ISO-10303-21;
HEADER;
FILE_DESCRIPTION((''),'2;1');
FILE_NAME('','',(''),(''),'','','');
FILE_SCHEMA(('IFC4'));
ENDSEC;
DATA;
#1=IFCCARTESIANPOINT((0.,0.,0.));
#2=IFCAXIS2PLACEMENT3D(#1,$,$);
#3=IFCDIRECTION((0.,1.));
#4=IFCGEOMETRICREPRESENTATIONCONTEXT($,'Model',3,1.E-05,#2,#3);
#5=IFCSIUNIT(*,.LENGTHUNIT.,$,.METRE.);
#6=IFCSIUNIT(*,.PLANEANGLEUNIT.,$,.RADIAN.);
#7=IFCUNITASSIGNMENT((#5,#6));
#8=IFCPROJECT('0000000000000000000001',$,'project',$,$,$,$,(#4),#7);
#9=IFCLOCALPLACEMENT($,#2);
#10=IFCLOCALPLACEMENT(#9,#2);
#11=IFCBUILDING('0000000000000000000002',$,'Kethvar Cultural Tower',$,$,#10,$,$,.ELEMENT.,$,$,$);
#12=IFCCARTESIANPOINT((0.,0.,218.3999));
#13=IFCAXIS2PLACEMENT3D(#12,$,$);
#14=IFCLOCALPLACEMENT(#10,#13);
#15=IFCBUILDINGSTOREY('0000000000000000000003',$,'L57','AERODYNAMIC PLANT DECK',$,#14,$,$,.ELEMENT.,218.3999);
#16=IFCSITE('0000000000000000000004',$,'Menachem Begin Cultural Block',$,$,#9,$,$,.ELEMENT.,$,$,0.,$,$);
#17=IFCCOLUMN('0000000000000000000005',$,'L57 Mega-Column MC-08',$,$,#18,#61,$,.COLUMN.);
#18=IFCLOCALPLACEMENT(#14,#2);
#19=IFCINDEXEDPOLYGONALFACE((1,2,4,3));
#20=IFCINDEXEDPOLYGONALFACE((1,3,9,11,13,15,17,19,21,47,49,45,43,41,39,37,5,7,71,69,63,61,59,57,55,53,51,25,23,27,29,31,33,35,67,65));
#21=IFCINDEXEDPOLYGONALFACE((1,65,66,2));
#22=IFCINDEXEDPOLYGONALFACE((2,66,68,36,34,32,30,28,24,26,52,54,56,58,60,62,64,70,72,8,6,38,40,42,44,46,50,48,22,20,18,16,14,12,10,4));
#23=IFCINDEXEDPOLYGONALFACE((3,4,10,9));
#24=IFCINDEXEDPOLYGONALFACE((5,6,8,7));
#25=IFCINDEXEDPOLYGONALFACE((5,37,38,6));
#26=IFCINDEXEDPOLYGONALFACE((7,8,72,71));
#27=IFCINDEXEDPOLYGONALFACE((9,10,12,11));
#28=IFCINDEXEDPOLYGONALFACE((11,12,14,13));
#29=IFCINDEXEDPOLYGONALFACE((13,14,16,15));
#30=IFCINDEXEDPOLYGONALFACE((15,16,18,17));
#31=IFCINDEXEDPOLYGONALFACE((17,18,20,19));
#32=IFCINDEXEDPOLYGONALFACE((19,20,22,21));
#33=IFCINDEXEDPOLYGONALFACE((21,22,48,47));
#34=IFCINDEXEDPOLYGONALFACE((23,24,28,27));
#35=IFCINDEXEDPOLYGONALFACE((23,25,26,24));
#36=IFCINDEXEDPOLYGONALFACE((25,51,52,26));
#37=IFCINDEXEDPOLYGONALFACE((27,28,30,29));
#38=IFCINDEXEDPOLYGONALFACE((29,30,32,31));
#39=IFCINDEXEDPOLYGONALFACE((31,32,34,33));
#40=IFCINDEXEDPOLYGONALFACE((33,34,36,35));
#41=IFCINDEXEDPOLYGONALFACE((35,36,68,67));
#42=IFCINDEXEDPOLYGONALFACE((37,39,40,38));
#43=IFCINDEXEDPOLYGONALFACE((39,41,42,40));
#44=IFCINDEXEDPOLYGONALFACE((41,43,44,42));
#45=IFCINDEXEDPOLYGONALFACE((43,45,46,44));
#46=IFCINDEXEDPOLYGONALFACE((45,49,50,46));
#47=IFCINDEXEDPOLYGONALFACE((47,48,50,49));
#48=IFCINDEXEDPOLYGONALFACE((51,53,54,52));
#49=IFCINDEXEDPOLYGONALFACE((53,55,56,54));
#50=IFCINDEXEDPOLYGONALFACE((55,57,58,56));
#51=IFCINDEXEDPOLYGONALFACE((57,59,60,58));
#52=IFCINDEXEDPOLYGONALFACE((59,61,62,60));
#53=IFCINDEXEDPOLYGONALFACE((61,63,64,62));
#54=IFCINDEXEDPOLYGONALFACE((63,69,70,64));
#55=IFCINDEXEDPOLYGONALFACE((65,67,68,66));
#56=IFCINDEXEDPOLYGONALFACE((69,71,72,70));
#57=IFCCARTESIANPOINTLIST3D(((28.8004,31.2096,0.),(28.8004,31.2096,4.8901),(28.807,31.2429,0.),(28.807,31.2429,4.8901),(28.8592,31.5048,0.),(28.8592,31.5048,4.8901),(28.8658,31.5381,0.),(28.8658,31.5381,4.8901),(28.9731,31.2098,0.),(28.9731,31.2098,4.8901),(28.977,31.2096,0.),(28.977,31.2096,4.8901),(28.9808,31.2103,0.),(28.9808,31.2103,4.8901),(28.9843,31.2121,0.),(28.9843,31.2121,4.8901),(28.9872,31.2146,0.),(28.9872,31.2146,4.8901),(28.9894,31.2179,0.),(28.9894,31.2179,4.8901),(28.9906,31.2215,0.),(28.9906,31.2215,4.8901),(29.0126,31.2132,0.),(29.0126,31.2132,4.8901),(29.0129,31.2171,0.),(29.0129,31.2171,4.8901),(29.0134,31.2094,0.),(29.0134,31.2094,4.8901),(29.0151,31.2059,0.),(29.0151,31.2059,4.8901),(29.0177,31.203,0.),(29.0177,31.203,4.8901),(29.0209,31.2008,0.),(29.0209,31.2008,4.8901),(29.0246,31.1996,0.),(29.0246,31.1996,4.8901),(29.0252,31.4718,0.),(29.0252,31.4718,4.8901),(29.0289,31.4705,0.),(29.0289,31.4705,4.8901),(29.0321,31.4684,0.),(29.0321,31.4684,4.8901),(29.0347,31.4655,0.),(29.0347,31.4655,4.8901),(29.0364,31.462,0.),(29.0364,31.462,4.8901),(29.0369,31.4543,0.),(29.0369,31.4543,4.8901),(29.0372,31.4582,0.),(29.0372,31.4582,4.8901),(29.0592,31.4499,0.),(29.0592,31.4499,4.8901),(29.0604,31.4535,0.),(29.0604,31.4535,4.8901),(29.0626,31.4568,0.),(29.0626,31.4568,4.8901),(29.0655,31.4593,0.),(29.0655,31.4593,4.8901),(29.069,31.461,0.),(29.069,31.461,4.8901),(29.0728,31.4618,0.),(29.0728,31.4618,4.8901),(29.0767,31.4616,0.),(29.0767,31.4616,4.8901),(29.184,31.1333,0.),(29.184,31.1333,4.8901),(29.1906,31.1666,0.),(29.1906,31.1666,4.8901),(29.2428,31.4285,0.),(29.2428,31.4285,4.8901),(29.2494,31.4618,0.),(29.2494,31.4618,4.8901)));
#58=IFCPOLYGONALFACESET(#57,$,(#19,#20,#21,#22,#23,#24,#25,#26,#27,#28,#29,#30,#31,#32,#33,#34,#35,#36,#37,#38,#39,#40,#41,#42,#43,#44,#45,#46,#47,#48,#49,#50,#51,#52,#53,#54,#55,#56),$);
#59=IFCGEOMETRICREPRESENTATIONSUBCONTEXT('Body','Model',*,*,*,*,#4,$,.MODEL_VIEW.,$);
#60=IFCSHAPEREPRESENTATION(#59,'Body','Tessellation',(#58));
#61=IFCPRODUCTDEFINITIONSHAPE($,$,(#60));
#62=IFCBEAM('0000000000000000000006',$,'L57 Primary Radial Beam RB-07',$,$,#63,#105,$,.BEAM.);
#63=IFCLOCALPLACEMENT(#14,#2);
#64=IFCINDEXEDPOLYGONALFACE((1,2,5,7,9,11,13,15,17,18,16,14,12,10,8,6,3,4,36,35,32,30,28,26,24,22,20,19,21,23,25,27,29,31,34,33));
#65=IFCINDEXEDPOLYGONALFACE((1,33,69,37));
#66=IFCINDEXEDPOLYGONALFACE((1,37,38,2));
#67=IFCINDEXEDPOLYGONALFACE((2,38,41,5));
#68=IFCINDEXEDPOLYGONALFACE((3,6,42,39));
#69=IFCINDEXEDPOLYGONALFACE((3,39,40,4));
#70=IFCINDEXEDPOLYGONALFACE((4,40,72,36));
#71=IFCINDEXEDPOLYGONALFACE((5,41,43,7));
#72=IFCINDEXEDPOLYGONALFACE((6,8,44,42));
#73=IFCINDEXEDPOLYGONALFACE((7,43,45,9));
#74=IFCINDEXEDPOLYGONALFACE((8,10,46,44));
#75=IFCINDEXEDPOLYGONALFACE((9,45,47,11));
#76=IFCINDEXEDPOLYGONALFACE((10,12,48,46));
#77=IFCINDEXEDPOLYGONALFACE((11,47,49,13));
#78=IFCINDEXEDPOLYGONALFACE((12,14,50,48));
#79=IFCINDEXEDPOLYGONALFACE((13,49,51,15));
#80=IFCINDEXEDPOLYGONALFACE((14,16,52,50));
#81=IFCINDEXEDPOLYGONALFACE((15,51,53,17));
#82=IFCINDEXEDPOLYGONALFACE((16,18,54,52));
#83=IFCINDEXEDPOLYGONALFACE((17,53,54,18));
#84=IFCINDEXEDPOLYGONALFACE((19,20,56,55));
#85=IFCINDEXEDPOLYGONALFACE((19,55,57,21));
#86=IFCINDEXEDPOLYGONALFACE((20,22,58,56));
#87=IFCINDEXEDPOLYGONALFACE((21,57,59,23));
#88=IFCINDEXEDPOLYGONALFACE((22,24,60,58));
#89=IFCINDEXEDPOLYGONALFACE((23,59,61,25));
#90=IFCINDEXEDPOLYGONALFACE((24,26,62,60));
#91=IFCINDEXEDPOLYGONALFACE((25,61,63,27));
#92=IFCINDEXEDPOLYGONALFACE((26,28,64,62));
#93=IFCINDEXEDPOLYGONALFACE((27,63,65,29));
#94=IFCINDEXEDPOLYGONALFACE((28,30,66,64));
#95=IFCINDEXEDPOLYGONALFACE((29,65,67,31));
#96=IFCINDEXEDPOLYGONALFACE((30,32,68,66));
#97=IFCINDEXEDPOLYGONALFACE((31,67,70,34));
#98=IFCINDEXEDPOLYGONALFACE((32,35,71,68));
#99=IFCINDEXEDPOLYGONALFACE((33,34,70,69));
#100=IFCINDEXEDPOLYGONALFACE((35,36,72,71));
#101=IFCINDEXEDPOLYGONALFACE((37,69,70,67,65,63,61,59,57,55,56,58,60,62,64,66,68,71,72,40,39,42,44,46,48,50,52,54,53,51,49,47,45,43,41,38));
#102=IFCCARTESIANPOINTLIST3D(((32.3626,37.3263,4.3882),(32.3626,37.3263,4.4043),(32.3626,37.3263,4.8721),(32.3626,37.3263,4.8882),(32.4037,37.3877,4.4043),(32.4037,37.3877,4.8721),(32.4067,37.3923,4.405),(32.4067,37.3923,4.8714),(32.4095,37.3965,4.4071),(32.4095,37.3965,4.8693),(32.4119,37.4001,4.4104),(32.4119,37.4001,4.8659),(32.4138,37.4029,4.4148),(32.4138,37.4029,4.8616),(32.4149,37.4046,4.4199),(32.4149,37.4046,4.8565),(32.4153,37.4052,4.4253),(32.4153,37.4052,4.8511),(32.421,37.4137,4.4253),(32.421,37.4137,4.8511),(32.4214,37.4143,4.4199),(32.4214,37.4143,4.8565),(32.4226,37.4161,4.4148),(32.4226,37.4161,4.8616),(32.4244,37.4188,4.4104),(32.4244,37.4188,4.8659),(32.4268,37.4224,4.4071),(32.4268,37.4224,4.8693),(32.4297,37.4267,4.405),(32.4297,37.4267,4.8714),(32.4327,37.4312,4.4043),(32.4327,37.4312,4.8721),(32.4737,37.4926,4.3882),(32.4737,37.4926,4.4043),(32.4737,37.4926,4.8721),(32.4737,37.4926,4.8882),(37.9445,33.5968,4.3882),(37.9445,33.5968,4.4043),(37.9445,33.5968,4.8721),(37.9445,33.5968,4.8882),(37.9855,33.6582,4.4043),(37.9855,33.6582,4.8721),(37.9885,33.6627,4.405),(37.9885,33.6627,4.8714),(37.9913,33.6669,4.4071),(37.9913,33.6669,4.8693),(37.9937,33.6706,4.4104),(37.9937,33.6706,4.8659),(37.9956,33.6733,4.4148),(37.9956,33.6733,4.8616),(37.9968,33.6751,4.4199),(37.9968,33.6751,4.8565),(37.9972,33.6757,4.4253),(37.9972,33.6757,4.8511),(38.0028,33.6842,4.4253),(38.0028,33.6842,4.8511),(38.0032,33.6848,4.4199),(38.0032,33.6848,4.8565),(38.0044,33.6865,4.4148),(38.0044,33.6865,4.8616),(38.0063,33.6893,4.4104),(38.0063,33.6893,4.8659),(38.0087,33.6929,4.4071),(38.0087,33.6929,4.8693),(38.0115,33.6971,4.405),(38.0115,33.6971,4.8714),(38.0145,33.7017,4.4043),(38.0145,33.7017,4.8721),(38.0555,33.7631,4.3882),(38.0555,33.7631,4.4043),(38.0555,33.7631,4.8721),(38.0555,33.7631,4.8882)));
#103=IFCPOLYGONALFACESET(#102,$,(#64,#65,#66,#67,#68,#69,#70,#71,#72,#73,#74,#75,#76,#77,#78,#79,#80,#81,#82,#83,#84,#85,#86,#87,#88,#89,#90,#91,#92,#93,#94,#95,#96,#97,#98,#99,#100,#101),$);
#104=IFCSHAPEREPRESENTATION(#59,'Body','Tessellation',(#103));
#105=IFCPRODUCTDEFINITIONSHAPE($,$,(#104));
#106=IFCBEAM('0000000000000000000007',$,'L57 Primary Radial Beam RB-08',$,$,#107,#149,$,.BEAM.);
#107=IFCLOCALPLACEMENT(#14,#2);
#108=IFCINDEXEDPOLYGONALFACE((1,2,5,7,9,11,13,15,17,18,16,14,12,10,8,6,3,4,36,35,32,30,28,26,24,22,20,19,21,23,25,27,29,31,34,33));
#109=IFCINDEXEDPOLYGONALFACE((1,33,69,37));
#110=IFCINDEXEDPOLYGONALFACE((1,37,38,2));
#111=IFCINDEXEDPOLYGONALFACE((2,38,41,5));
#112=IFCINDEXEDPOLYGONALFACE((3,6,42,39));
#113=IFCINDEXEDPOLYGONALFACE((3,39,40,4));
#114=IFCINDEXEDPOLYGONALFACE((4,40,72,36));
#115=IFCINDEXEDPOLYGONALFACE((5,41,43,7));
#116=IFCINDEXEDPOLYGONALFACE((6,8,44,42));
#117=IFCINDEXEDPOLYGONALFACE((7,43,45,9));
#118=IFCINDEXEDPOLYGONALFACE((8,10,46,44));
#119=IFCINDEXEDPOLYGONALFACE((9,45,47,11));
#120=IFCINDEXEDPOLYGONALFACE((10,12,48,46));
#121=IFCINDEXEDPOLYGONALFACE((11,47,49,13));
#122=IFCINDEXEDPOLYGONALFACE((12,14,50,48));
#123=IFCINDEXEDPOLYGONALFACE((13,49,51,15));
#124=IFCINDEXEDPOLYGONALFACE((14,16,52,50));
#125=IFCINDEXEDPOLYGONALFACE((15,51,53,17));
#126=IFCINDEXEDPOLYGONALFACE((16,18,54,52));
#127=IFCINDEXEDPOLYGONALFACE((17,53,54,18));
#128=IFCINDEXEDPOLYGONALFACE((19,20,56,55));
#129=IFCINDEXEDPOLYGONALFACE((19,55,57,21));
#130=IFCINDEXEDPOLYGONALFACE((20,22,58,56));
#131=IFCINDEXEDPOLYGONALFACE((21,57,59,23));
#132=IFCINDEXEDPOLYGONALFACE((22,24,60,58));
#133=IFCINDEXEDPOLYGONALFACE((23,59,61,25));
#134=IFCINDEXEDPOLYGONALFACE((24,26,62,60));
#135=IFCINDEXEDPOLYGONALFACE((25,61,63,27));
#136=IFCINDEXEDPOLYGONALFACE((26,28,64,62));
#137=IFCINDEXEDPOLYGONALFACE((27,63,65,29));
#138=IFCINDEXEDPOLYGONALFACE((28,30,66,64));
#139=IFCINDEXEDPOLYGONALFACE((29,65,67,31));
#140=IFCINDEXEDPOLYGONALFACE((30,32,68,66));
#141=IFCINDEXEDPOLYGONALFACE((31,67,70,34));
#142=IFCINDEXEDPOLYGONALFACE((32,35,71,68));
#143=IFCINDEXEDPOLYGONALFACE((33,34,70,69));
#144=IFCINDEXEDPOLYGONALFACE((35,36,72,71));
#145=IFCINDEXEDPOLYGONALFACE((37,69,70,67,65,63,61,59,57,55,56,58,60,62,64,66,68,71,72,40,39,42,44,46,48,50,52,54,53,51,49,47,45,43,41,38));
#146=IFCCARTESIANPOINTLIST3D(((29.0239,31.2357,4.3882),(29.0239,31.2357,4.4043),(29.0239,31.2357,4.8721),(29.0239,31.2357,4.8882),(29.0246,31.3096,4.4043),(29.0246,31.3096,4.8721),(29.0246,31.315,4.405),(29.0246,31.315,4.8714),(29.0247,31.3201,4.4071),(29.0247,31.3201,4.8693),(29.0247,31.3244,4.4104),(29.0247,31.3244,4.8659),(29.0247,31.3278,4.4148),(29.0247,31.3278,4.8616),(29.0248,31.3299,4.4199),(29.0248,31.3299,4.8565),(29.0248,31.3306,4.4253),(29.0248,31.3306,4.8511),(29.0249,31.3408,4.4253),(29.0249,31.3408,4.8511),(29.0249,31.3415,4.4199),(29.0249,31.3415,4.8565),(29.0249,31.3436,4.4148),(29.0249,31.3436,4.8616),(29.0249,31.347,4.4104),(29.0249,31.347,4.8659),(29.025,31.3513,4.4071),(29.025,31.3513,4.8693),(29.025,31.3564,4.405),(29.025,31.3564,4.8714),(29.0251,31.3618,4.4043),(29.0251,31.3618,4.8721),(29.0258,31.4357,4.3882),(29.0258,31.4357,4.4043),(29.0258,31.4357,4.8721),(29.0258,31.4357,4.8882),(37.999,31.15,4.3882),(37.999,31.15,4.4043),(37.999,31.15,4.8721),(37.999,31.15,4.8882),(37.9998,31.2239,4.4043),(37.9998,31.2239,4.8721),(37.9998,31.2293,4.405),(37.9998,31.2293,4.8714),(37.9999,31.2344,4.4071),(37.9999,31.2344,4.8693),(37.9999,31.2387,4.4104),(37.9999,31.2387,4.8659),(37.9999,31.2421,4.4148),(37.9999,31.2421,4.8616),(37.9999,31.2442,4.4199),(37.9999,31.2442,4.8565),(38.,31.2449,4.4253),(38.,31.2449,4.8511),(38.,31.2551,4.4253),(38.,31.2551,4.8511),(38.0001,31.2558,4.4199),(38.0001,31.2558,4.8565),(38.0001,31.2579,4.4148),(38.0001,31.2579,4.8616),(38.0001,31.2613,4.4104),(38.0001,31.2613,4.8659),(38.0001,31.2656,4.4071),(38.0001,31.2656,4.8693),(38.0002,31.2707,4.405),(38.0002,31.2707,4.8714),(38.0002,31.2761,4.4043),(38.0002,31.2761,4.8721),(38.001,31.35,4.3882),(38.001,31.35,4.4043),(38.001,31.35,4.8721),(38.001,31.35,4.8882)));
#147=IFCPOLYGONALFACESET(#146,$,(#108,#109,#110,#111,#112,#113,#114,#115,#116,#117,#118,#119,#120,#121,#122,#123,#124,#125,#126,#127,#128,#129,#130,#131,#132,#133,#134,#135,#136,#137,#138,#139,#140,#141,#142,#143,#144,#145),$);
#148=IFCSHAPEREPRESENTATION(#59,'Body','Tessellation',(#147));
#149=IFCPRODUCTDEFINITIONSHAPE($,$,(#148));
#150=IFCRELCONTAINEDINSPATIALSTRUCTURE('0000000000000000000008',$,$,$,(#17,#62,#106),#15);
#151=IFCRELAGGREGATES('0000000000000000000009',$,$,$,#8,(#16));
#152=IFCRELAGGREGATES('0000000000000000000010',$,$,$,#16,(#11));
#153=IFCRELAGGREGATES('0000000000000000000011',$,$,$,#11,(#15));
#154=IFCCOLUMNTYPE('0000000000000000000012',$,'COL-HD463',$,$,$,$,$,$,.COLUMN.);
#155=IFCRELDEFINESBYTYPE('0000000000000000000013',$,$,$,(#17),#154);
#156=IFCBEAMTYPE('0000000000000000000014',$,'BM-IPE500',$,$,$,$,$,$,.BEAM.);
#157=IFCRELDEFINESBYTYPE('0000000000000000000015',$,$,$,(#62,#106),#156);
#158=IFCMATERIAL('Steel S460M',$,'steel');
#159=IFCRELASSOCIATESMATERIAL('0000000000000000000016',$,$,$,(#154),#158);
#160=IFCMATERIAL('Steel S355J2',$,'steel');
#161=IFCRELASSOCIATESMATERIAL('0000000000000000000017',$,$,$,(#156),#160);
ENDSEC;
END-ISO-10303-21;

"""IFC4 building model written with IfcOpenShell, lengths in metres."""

from ifc_helpers import new_model, si_unit, direction, frame, origin, origin_2d, place, context, subcontext, project, spatial, i_section, extrude, source, transform, mapped, material, material_profile, profile_set, type_object, element, save


model = new_model("IFC4")

# Units and contexts
model_context = context("Model", 3, precision=1e-05, world=origin(), true_north=direction((0.0, 1.0)))
body_context = subcontext(model_context, "Body", "Model", "MODEL_VIEW")
ifc_project = project(units=[si_unit("LENGTHUNIT", "METRE"), si_unit("PLANEANGLEUNIT", "RADIAN")], contexts=[model_context])

# Site, building, storey
site_placement = place(None, origin())
site = spatial("IfcSite", under=ifc_project, at=site_placement, Name="Menachem Begin Cultural Block", CompositionType="ELEMENT", RefElevation=0.0)
building_placement = place(site_placement, origin())
building = spatial("IfcBuilding", under=site, at=building_placement, Name="Kethvar Cultural Tower", CompositionType="ELEMENT")
storey_placement = place(building_placement, frame((0.0, 0.0, 218.3999)))
storey = spatial("IfcBuildingStorey", under=building, at=storey_placement, Name="L57", Description="AERODYNAMIC PLANT DECK", CompositionType="ELEMENT", Elevation=218.3999)

# Column
ifc_material_1 = material(Name="Steel S460M", Category="steel")
ifc_material_profile_1 = material_profile(ifc_material_1, i_section(OverallWidth=0.3911, OverallDepth=0.335, WebThickness=0.0227, FlangeThickness=0.0339, FilletRadius=0.0149, at=origin_2d()), Name="Steel S460M — HD400x463")
ifc_profile_set_1 = profile_set([ifc_material_profile_1], Name="Steel S460M — HD400x463")
column_type = type_object("IfcColumnType", Name="COL-HD463", PredefinedType="COLUMN", material=ifc_profile_set_1)
shared_shape_1 = source(origin(), body_context, "Body", "SweptSolid", [
    extrude(i_section(OverallWidth=0.3911, OverallDepth=0.335, WebThickness=0.0227, FlangeThickness=0.0339, FilletRadius=0.0149, at=origin_2d()), origin(), (0.0, 0.0, 1.0), 4.8901),
])
column_placement = place(storey_placement, frame((29.0249, 31.3357, 0.0), z_axis=(0.0, 0.0, 1.0), x_axis=(-0.980785, 0.19509, 0.0)))
element("IfcColumn", 1, at=column_placement, inside=storey, type_object=column_type, Name="L57 Mega-Column MC-08", PredefinedType="COLUMN", context=body_context, shape_type="MappedRepresentation", body=[
    mapped(shared_shape_1, transform((0.0, 0.0, 0.0), scale=1.0)),
])

# Beams
ifc_material_2 = material(Name="Steel S355J2", Category="steel")
ifc_material_profile_2 = material_profile(ifc_material_2, i_section(OverallWidth=0.2, OverallDepth=0.5, WebThickness=0.0103, FlangeThickness=0.0161, FilletRadius=0.021, at=origin_2d()), Name="Steel S355J2 — IPE500")
ifc_profile_set_2 = profile_set([ifc_material_profile_2], Name="Steel S355J2 — IPE500")
beam_type_1 = type_object("IfcBeamType", Name="BM-IPE500", PredefinedType="BEAM", material=ifc_profile_set_2)
shared_shape_2 = source(origin(), body_context, "Body", "SweptSolid", [
    extrude(i_section(OverallWidth=0.2, OverallDepth=0.5, WebThickness=0.0103, FlangeThickness=0.0161, FilletRadius=0.021, at=origin_2d()), origin(), (0.0, 0.0, 1.0), 6.7131),
])
beam_1_placement = place(storey_placement, frame((38.0, 33.6799, 4.6382), z_axis=(-0.831479, 0.555556, 0.0), x_axis=(-0.555556, -0.831479, 0.0)))
element("IfcBeam", 2, at=beam_1_placement, inside=storey, type_object=beam_type_1, Name="L57 Primary Radial Beam RB-07", PredefinedType="BEAM", context=body_context, shape_type="MappedRepresentation", body=[
    mapped(shared_shape_2, transform((0.0, 0.0, 0.0), scale=1.0)),
])
shared_shape_3 = source(origin(), body_context, "Body", "SweptSolid", [
    extrude(i_section(OverallWidth=0.2, OverallDepth=0.5, WebThickness=0.0103, FlangeThickness=0.0161, FilletRadius=0.021, at=origin_2d()), origin(), (0.0, 0.0, 1.0), 8.9756),
])
beam_2_placement = place(storey_placement, frame((38.0, 31.25, 4.6382), z_axis=(-0.999954, 0.009547, 0.0), x_axis=(-0.009547, -0.999954, 0.0)))
element("IfcBeam", 3, at=beam_2_placement, inside=storey, type_object=beam_type_1, Name="L57 Primary Radial Beam RB-08", PredefinedType="BEAM", context=body_context, shape_type="MappedRepresentation", body=[
    mapped(shared_shape_3, transform((0.0, 0.0, 0.0), scale=1.0)),
])

save(model, "model.ifc")
